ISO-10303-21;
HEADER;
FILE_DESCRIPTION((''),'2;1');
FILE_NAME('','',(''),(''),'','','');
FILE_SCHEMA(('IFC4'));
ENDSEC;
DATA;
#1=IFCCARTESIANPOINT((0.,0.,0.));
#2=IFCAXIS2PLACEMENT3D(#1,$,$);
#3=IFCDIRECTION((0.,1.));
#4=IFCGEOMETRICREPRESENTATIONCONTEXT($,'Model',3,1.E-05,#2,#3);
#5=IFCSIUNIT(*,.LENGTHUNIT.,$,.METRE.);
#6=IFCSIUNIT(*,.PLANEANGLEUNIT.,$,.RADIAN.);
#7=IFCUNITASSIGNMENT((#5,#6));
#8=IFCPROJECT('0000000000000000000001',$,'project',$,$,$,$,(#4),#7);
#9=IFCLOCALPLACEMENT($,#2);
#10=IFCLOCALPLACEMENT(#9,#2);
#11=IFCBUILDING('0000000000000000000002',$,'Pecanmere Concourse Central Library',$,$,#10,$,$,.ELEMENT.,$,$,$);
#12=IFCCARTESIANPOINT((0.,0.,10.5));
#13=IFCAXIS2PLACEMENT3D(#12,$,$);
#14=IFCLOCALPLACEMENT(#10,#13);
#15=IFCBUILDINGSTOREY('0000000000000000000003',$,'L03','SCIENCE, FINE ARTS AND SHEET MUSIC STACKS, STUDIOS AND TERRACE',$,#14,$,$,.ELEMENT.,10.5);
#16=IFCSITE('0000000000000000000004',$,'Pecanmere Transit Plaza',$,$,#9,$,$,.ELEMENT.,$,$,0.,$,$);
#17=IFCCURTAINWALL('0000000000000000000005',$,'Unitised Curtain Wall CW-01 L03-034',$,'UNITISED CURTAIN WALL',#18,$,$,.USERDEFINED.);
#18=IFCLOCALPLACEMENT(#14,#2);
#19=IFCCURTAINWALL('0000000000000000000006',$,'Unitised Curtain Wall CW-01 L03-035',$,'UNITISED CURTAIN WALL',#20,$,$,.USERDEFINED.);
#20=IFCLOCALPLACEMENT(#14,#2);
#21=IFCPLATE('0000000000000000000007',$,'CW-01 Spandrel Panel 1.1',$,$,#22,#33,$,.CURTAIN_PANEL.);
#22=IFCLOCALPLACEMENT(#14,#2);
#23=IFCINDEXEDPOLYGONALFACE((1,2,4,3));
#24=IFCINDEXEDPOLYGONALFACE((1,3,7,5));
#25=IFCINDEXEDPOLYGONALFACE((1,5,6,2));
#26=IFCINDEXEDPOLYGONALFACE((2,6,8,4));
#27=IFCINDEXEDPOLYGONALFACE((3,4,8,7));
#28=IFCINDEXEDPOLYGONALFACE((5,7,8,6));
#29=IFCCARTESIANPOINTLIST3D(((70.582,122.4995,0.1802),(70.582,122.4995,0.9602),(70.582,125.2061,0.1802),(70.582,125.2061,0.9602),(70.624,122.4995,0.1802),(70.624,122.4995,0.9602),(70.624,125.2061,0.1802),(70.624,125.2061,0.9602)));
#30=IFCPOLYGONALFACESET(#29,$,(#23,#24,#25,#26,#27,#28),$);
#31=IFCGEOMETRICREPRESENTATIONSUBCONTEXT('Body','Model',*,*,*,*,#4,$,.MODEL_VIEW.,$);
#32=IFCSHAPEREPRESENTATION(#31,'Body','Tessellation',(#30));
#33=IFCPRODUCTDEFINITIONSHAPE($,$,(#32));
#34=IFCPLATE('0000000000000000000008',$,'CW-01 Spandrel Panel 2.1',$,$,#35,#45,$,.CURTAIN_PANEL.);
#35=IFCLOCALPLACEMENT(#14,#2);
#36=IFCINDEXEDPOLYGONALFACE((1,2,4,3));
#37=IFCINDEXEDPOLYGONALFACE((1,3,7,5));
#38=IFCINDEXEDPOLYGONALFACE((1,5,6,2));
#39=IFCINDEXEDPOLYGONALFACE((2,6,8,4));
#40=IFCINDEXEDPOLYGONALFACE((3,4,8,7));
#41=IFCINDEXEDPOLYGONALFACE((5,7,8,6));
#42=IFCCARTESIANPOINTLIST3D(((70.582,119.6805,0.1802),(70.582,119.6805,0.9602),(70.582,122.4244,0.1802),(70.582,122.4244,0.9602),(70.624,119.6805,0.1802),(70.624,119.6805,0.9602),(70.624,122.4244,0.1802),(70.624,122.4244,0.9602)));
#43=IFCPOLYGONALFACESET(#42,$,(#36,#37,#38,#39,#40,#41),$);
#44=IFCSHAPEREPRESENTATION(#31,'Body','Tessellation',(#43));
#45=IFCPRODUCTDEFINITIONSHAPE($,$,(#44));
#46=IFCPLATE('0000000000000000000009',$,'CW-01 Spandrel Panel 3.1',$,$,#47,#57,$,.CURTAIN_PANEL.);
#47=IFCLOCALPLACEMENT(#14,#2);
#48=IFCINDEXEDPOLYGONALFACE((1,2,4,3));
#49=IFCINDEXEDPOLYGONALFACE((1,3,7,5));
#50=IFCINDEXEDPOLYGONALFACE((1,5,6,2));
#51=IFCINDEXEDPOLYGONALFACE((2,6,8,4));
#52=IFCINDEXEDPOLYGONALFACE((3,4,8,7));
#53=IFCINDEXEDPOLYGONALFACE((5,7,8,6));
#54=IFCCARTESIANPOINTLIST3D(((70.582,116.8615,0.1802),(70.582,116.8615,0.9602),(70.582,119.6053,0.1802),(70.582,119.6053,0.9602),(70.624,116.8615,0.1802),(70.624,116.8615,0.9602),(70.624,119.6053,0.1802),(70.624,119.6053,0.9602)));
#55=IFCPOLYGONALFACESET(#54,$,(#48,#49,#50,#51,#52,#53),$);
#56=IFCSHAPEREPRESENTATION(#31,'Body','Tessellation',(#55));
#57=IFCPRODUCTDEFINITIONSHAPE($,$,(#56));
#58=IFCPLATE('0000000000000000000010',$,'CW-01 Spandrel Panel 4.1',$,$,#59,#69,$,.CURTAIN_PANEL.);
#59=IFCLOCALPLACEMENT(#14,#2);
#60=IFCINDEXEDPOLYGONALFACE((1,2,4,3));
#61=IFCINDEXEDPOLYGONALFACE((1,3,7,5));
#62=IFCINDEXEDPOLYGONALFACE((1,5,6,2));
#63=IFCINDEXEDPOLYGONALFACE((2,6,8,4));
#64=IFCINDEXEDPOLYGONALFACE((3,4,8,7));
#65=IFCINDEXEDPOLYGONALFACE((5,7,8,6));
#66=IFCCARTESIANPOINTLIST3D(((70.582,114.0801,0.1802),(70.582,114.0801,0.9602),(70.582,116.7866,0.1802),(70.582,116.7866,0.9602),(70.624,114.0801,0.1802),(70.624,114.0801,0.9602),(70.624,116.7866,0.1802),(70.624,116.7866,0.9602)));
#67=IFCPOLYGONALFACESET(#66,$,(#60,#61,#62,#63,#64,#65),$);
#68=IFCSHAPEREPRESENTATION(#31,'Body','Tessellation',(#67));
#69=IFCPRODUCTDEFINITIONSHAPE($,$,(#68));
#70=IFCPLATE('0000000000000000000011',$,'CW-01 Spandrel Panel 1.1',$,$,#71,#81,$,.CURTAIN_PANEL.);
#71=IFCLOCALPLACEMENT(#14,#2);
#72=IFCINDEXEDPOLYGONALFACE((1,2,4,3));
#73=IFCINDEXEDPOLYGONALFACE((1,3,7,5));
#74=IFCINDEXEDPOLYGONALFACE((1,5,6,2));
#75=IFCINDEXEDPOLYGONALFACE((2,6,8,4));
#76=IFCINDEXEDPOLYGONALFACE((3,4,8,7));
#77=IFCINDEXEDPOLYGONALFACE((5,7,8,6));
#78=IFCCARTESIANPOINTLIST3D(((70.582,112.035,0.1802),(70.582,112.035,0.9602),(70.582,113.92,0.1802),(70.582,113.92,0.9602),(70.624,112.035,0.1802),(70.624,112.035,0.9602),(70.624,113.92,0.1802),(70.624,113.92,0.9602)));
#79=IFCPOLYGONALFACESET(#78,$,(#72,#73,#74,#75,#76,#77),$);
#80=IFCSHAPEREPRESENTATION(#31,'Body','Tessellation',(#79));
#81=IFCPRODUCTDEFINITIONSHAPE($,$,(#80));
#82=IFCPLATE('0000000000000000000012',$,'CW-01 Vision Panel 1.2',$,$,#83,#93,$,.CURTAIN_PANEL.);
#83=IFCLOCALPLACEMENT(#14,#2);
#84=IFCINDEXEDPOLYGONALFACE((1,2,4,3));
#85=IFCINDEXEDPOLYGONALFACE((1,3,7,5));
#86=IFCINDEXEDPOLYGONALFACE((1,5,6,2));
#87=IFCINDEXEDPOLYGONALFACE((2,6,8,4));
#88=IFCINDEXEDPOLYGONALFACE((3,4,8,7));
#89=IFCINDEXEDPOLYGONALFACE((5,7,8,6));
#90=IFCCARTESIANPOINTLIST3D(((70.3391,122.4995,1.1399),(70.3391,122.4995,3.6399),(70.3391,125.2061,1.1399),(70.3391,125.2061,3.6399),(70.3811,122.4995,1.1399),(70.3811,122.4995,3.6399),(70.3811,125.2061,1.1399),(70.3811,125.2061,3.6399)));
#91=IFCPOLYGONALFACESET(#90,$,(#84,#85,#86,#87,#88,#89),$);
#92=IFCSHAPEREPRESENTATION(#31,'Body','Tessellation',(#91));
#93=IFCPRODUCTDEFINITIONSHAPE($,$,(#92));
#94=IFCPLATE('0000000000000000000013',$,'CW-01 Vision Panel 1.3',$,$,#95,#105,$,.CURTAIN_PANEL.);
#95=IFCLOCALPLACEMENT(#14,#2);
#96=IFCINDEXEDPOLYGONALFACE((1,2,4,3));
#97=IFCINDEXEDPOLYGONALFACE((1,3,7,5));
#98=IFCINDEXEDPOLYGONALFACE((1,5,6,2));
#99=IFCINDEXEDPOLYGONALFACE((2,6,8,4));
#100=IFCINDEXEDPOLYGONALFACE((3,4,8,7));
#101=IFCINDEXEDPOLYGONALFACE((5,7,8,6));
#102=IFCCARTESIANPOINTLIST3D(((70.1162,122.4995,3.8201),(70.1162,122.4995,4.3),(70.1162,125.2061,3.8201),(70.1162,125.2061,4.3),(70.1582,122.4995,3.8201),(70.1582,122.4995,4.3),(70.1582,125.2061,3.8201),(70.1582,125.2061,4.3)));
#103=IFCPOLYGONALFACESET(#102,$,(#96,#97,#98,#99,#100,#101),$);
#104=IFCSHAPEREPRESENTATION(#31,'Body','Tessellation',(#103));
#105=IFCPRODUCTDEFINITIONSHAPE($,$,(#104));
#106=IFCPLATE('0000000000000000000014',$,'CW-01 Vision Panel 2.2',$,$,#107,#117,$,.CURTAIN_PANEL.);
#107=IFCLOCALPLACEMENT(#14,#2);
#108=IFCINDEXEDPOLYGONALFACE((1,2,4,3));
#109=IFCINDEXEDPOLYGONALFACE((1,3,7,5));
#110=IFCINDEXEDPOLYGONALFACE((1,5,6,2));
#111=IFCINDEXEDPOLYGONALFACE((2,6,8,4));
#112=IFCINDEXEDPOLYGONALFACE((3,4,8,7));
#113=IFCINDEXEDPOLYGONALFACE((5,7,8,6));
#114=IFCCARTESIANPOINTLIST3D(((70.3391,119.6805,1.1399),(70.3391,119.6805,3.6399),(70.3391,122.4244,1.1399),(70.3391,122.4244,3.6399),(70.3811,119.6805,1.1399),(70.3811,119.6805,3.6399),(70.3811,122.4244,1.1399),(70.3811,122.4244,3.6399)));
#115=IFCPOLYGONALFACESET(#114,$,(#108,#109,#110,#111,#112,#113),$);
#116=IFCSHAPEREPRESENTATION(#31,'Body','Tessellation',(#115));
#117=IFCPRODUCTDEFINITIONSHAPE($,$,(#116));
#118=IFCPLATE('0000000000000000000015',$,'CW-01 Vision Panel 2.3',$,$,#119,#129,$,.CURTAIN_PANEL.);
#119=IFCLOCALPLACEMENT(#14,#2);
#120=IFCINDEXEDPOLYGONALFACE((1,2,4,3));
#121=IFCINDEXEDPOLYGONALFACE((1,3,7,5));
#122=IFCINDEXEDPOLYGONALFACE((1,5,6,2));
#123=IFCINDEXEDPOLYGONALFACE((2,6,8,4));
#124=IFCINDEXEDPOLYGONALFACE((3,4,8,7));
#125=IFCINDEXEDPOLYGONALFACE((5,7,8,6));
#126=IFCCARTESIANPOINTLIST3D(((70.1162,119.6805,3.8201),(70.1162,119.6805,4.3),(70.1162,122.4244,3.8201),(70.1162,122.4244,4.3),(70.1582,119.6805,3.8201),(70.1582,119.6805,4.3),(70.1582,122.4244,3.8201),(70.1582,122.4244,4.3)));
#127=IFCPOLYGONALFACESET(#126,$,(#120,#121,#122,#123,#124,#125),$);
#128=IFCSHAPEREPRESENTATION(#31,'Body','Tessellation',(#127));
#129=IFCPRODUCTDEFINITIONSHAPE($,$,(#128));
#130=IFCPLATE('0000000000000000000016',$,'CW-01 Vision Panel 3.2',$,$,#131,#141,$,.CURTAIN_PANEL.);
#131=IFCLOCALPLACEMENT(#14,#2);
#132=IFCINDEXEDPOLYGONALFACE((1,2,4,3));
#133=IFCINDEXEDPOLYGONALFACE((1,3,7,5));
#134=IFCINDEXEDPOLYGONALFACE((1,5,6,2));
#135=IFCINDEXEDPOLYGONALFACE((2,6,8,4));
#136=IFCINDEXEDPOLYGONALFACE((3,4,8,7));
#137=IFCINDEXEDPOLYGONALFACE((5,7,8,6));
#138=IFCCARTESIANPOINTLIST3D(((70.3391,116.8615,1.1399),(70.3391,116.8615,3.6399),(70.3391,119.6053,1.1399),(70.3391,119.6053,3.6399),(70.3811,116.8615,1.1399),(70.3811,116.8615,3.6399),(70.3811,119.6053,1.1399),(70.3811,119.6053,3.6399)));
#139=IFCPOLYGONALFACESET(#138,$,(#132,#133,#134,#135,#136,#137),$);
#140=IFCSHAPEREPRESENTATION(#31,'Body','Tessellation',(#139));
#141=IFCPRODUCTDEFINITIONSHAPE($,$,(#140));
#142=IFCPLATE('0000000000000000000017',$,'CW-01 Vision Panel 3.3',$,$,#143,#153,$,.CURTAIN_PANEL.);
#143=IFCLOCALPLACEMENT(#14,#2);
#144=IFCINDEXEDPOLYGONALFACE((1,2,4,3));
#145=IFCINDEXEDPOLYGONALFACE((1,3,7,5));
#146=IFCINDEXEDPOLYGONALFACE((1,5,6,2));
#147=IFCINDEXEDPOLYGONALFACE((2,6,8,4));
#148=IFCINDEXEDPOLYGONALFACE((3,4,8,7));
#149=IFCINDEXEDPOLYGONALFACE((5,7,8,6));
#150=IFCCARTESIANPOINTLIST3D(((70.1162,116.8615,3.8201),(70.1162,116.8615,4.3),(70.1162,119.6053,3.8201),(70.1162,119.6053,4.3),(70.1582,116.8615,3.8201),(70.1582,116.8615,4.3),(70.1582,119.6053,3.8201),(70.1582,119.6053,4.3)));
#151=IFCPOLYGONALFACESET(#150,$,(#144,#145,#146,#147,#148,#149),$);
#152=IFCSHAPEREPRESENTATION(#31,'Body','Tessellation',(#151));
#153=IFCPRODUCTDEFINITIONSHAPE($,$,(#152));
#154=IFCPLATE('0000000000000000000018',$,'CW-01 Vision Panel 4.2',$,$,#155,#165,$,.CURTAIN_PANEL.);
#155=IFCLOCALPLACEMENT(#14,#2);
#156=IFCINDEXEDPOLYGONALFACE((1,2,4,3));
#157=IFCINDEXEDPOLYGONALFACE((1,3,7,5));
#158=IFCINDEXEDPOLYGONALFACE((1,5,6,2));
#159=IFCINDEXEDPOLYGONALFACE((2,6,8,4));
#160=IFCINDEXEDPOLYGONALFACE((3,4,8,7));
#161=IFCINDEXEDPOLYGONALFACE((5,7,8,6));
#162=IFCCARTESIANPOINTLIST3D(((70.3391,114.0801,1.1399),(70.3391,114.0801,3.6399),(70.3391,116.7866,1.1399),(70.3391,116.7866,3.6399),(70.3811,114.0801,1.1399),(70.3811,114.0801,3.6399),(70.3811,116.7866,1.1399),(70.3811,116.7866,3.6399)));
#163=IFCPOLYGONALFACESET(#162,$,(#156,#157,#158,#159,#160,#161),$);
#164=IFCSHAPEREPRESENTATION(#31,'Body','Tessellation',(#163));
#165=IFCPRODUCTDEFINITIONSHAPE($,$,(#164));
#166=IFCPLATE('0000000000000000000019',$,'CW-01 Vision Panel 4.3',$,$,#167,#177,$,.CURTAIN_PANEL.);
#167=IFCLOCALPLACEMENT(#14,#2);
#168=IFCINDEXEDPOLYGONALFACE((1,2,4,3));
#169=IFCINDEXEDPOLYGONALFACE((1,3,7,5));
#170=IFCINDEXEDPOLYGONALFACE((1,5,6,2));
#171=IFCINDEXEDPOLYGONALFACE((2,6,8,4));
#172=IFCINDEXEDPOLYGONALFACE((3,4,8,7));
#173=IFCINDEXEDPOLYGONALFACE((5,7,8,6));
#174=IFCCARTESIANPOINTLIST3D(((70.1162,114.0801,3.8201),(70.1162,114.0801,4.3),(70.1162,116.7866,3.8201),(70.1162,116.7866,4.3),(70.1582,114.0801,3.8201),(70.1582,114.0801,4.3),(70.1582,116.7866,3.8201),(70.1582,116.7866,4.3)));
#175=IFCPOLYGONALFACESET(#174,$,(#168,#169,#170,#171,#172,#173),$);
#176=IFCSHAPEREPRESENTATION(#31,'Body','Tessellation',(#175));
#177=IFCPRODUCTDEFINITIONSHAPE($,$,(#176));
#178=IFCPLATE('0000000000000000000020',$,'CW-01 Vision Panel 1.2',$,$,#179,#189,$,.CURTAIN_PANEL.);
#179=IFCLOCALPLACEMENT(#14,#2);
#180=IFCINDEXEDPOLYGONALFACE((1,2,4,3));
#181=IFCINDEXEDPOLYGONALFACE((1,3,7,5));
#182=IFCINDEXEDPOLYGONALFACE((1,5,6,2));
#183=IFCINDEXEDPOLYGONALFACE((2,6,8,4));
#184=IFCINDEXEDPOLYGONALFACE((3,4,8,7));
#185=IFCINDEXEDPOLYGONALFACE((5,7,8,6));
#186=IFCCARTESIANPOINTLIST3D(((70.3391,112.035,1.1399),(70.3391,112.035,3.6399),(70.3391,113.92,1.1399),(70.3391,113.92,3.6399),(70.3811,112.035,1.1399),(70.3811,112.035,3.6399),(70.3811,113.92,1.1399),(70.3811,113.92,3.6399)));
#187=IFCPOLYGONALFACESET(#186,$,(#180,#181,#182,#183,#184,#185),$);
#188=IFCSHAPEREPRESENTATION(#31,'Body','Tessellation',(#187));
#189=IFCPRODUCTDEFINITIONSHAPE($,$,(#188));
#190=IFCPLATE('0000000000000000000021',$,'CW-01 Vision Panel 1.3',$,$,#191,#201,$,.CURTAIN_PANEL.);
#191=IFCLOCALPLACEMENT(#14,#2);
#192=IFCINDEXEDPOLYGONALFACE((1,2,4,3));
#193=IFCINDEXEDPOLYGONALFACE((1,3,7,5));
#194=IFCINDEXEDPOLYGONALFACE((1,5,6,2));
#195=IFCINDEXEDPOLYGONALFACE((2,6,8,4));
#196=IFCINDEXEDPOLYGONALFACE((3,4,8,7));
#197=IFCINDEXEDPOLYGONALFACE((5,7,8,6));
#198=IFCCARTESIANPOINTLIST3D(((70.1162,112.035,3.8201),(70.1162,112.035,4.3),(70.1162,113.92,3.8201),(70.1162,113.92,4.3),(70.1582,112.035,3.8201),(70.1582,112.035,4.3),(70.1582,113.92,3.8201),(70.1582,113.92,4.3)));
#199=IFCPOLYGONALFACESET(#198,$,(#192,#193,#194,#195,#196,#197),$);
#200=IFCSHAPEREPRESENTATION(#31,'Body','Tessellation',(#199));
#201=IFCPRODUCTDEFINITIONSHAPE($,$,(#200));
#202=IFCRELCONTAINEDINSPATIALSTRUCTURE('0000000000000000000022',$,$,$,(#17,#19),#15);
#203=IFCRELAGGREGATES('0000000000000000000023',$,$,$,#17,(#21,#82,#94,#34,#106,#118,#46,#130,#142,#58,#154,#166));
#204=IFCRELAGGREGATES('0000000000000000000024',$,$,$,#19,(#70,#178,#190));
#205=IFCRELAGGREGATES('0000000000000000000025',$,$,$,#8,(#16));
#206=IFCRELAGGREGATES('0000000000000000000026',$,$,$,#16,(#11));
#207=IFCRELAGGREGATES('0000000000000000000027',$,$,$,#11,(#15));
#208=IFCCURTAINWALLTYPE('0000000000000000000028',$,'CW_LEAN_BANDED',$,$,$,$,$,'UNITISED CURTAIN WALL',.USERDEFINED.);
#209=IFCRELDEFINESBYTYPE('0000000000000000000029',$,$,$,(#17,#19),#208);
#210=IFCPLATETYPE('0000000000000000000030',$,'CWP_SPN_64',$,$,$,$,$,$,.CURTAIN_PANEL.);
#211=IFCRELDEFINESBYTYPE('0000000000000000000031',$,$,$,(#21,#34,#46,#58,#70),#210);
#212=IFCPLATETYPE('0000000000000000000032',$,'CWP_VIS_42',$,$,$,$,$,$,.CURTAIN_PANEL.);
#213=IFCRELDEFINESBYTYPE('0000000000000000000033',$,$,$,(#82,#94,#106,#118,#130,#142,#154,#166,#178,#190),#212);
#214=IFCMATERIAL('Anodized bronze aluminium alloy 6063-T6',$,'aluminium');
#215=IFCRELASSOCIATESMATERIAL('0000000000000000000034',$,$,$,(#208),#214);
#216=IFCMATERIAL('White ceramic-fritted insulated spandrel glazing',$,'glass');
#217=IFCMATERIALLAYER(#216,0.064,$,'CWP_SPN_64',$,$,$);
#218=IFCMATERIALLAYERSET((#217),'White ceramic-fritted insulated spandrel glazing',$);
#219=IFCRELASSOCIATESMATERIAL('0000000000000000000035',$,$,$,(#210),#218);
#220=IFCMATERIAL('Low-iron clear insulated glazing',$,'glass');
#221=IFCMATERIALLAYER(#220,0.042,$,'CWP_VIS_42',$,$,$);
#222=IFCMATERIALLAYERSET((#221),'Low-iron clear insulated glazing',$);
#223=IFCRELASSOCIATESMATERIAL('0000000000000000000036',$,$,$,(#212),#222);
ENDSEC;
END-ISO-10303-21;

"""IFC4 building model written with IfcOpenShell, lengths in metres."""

from ifc_helpers import new_model, si_unit, direction, frame, origin, origin_2d, place, context, subcontext, project, spatial, rectangle, extrude, material, layer, layer_set, type_object, element, aggregate, save


model = new_model("IFC4")

# Units and contexts
model_context = context("Model", 3, precision=1e-05, world=origin(), true_north=direction((0.0, 1.0)))
body_context = subcontext(model_context, "Body", "Model", "MODEL_VIEW")
ifc_project = project(units=[si_unit("LENGTHUNIT", "METRE"), si_unit("PLANEANGLEUNIT", "RADIAN")], contexts=[model_context])

# Site, building, storey
site_placement = place(None, origin())
site = spatial("IfcSite", under=ifc_project, at=site_placement, Name="Pecanmere Transit Plaza", CompositionType="ELEMENT", RefElevation=0.0)
building_placement = place(site_placement, origin())
building = spatial("IfcBuilding", under=site, at=building_placement, Name="Pecanmere Concourse Central Library", CompositionType="ELEMENT")
storey_placement = place(building_placement, frame((0.0, 0.0, 10.5)))
storey = spatial("IfcBuildingStorey", under=building, at=storey_placement, Name="L03", Description="SCIENCE, FINE ARTS AND SHEET MUSIC STACKS, STUDIOS AND TERRACE", CompositionType="ELEMENT", Elevation=10.5)

# Curtain walls
ifc_material_1 = material(Name="Anodized bronze aluminium alloy 6063-T6", Category="aluminium")
curtain_wall_type = type_object("IfcCurtainWallType", Name="CW_LEAN_BANDED", ElementType="UNITISED CURTAIN WALL", PredefinedType="USERDEFINED", material=ifc_material_1)
curtain_wall_1_placement = place(storey_placement, origin())
curtain_wall_1 = element("IfcCurtainWall", 1, at=curtain_wall_1_placement, inside=storey, type_object=curtain_wall_type, Name="Unitised Curtain Wall CW-01 L03-034", ObjectType="UNITISED CURTAIN WALL", PredefinedType="USERDEFINED")
curtain_wall_2_placement = place(storey_placement, origin())
curtain_wall_2 = element("IfcCurtainWall", 2, at=curtain_wall_2_placement, inside=storey, type_object=curtain_wall_type, Name="Unitised Curtain Wall CW-01 L03-035", ObjectType="UNITISED CURTAIN WALL", PredefinedType="USERDEFINED")

# Plates
ifc_material_2 = material(Name="White ceramic-fritted insulated spandrel glazing", Category="glass")
ifc_layer_1 = layer(ifc_material_2, 0.064, Name="CWP_SPN_64")
ifc_layer_set_1 = layer_set([ifc_layer_1], Name="White ceramic-fritted insulated spandrel glazing")
plate_type_1 = type_object("IfcPlateType", Name="CWP_SPN_64", PredefinedType="CURTAIN_PANEL", material=ifc_layer_set_1)
plate_1_placement = place(storey_placement, frame((70.603, 123.8528, 0.1802), z_axis=(0.0, 0.0, 1.0), x_axis=(0.0, -1.0, 0.0)))
plate_1 = element("IfcPlate", 3, at=plate_1_placement, type_object=plate_type_1, Name="CW-01 Spandrel Panel 1.1", PredefinedType="CURTAIN_PANEL", context=body_context, shape_type="SweptSolid", body=[
    extrude(rectangle(XDim=2.7065, YDim=0.042, at=origin_2d()), origin(), (0.0, 0.0, 1.0), 0.78),
])
plate_2_placement = place(storey_placement, frame((70.603, 121.0525, 0.1802), z_axis=(0.0, 0.0, 1.0), x_axis=(0.0, -1.0, 0.0)))
plate_2 = element("IfcPlate", 4, at=plate_2_placement, type_object=plate_type_1, Name="CW-01 Spandrel Panel 2.1", PredefinedType="CURTAIN_PANEL", context=body_context, shape_type="SweptSolid", body=[
    extrude(rectangle(XDim=2.7439, YDim=0.042, at=origin_2d()), origin(), (0.0, 0.0, 1.0), 0.78),
])
plate_3_placement = place(storey_placement, frame((70.603, 118.2334, 0.1802), z_axis=(0.0, 0.0, 1.0), x_axis=(0.0, -1.0, 0.0)))
plate_3 = element("IfcPlate", 5, at=plate_3_placement, type_object=plate_type_1, Name="CW-01 Spandrel Panel 3.1", PredefinedType="CURTAIN_PANEL", context=body_context, shape_type="SweptSolid", body=[
    extrude(rectangle(XDim=2.7439, YDim=0.042, at=origin_2d()), origin(), (0.0, 0.0, 1.0), 0.78),
])
plate_4_placement = place(storey_placement, frame((70.603, 115.4333, 0.1802), z_axis=(0.0, 0.0, 1.0), x_axis=(0.0, -1.0, 0.0)))
plate_4 = element("IfcPlate", 6, at=plate_4_placement, type_object=plate_type_1, Name="CW-01 Spandrel Panel 4.1", PredefinedType="CURTAIN_PANEL", context=body_context, shape_type="SweptSolid", body=[
    extrude(rectangle(XDim=2.7065, YDim=0.042, at=origin_2d()), origin(), (0.0, 0.0, 1.0), 0.78),
])
plate_5_placement = place(storey_placement, frame((70.603, 112.9775, 0.1802), z_axis=(0.0, 0.0, 1.0), x_axis=(0.0, -1.0, 0.0)))
plate_5 = element("IfcPlate", 7, at=plate_5_placement, type_object=plate_type_1, Name="CW-01 Spandrel Panel 1.1", PredefinedType="CURTAIN_PANEL", context=body_context, shape_type="SweptSolid", body=[
    extrude(rectangle(XDim=1.885, YDim=0.042, at=origin_2d()), origin(), (0.0, 0.0, 1.0), 0.78),
])
ifc_material_3 = material(Name="Low-iron clear insulated glazing", Category="glass")
ifc_layer_2 = layer(ifc_material_3, 0.042, Name="CWP_VIS_42")
ifc_layer_set_2 = layer_set([ifc_layer_2], Name="Low-iron clear insulated glazing")
plate_type_2 = type_object("IfcPlateType", Name="CWP_VIS_42", PredefinedType="CURTAIN_PANEL", material=ifc_layer_set_2)
plate_6_placement = place(storey_placement, frame((70.3601, 123.8528, 1.1399), z_axis=(0.0, 0.0, 1.0), x_axis=(0.0, -1.0, 0.0)))
plate_6 = element("IfcPlate", 8, at=plate_6_placement, type_object=plate_type_2, Name="CW-01 Vision Panel 1.2", PredefinedType="CURTAIN_PANEL", context=body_context, shape_type="SweptSolid", body=[
    extrude(rectangle(XDim=2.7065, YDim=0.042, at=origin_2d()), origin(), (0.0, 0.0, 1.0), 2.5),
])
plate_7_placement = place(storey_placement, frame((70.1372, 123.8528, 3.8201), z_axis=(0.0, 0.0, 1.0), x_axis=(0.0, -1.0, 0.0)))
plate_7 = element("IfcPlate", 9, at=plate_7_placement, type_object=plate_type_2, Name="CW-01 Vision Panel 1.3", PredefinedType="CURTAIN_PANEL", context=body_context, shape_type="SweptSolid", body=[
    extrude(rectangle(XDim=2.7065, YDim=0.042, at=origin_2d()), origin(), (0.0, 0.0, 1.0), 0.48),
])
plate_8_placement = place(storey_placement, frame((70.3601, 121.0525, 1.1399), z_axis=(0.0, 0.0, 1.0), x_axis=(0.0, -1.0, 0.0)))
plate_8 = element("IfcPlate", 10, at=plate_8_placement, type_object=plate_type_2, Name="CW-01 Vision Panel 2.2", PredefinedType="CURTAIN_PANEL", context=body_context, shape_type="SweptSolid", body=[
    extrude(rectangle(XDim=2.7439, YDim=0.042, at=origin_2d()), origin(), (0.0, 0.0, 1.0), 2.5),
])
plate_9_placement = place(storey_placement, frame((70.1372, 121.0525, 3.8201), z_axis=(0.0, 0.0, 1.0), x_axis=(0.0, -1.0, 0.0)))
plate_9 = element("IfcPlate", 11, at=plate_9_placement, type_object=plate_type_2, Name="CW-01 Vision Panel 2.3", PredefinedType="CURTAIN_PANEL", context=body_context, shape_type="SweptSolid", body=[
    extrude(rectangle(XDim=2.7439, YDim=0.042, at=origin_2d()), origin(), (0.0, 0.0, 1.0), 0.48),
])
plate_10_placement = place(storey_placement, frame((70.3601, 118.2334, 1.1399), z_axis=(0.0, 0.0, 1.0), x_axis=(0.0, -1.0, 0.0)))
plate_10 = element("IfcPlate", 12, at=plate_10_placement, type_object=plate_type_2, Name="CW-01 Vision Panel 3.2", PredefinedType="CURTAIN_PANEL", context=body_context, shape_type="SweptSolid", body=[
    extrude(rectangle(XDim=2.7439, YDim=0.042, at=origin_2d()), origin(), (0.0, 0.0, 1.0), 2.5),
])
plate_11_placement = place(storey_placement, frame((70.1372, 118.2334, 3.8201), z_axis=(0.0, 0.0, 1.0), x_axis=(0.0, -1.0, 0.0)))
plate_11 = element("IfcPlate", 13, at=plate_11_placement, type_object=plate_type_2, Name="CW-01 Vision Panel 3.3", PredefinedType="CURTAIN_PANEL", context=body_context, shape_type="SweptSolid", body=[
    extrude(rectangle(XDim=2.7439, YDim=0.042, at=origin_2d()), origin(), (0.0, 0.0, 1.0), 0.48),
])
plate_12_placement = place(storey_placement, frame((70.3601, 115.4333, 1.1399), z_axis=(0.0, 0.0, 1.0), x_axis=(0.0, -1.0, 0.0)))
plate_12 = element("IfcPlate", 14, at=plate_12_placement, type_object=plate_type_2, Name="CW-01 Vision Panel 4.2", PredefinedType="CURTAIN_PANEL", context=body_context, shape_type="SweptSolid", body=[
    extrude(rectangle(XDim=2.7065, YDim=0.042, at=origin_2d()), origin(), (0.0, 0.0, 1.0), 2.5),
])
plate_13_placement = place(storey_placement, frame((70.1372, 115.4333, 3.8201), z_axis=(0.0, 0.0, 1.0), x_axis=(0.0, -1.0, 0.0)))
plate_13 = element("IfcPlate", 15, at=plate_13_placement, type_object=plate_type_2, Name="CW-01 Vision Panel 4.3", PredefinedType="CURTAIN_PANEL", context=body_context, shape_type="SweptSolid", body=[
    extrude(rectangle(XDim=2.7065, YDim=0.042, at=origin_2d()), origin(), (0.0, 0.0, 1.0), 0.48),
])
aggregate(curtain_wall_1, [plate_1, plate_6, plate_7, plate_2, plate_8, plate_9, plate_3, plate_10, plate_11, plate_4, plate_12, plate_13])
plate_14_placement = place(storey_placement, frame((70.3601, 112.9775, 1.1399), z_axis=(0.0, 0.0, 1.0), x_axis=(0.0, -1.0, 0.0)))
plate_14 = element("IfcPlate", 16, at=plate_14_placement, type_object=plate_type_2, Name="CW-01 Vision Panel 1.2", PredefinedType="CURTAIN_PANEL", context=body_context, shape_type="SweptSolid", body=[
    extrude(rectangle(XDim=1.885, YDim=0.042, at=origin_2d()), origin(), (0.0, 0.0, 1.0), 2.5),
])
plate_15_placement = place(storey_placement, frame((70.1372, 112.9775, 3.8201), z_axis=(0.0, 0.0, 1.0), x_axis=(0.0, -1.0, 0.0)))
plate_15 = element("IfcPlate", 17, at=plate_15_placement, type_object=plate_type_2, Name="CW-01 Vision Panel 1.3", PredefinedType="CURTAIN_PANEL", context=body_context, shape_type="SweptSolid", body=[
    extrude(rectangle(XDim=1.885, YDim=0.042, at=origin_2d()), origin(), (0.0, 0.0, 1.0), 0.48),
])
aggregate(curtain_wall_2, [plate_5, plate_14, plate_15])

save(model, "model.ifc")
